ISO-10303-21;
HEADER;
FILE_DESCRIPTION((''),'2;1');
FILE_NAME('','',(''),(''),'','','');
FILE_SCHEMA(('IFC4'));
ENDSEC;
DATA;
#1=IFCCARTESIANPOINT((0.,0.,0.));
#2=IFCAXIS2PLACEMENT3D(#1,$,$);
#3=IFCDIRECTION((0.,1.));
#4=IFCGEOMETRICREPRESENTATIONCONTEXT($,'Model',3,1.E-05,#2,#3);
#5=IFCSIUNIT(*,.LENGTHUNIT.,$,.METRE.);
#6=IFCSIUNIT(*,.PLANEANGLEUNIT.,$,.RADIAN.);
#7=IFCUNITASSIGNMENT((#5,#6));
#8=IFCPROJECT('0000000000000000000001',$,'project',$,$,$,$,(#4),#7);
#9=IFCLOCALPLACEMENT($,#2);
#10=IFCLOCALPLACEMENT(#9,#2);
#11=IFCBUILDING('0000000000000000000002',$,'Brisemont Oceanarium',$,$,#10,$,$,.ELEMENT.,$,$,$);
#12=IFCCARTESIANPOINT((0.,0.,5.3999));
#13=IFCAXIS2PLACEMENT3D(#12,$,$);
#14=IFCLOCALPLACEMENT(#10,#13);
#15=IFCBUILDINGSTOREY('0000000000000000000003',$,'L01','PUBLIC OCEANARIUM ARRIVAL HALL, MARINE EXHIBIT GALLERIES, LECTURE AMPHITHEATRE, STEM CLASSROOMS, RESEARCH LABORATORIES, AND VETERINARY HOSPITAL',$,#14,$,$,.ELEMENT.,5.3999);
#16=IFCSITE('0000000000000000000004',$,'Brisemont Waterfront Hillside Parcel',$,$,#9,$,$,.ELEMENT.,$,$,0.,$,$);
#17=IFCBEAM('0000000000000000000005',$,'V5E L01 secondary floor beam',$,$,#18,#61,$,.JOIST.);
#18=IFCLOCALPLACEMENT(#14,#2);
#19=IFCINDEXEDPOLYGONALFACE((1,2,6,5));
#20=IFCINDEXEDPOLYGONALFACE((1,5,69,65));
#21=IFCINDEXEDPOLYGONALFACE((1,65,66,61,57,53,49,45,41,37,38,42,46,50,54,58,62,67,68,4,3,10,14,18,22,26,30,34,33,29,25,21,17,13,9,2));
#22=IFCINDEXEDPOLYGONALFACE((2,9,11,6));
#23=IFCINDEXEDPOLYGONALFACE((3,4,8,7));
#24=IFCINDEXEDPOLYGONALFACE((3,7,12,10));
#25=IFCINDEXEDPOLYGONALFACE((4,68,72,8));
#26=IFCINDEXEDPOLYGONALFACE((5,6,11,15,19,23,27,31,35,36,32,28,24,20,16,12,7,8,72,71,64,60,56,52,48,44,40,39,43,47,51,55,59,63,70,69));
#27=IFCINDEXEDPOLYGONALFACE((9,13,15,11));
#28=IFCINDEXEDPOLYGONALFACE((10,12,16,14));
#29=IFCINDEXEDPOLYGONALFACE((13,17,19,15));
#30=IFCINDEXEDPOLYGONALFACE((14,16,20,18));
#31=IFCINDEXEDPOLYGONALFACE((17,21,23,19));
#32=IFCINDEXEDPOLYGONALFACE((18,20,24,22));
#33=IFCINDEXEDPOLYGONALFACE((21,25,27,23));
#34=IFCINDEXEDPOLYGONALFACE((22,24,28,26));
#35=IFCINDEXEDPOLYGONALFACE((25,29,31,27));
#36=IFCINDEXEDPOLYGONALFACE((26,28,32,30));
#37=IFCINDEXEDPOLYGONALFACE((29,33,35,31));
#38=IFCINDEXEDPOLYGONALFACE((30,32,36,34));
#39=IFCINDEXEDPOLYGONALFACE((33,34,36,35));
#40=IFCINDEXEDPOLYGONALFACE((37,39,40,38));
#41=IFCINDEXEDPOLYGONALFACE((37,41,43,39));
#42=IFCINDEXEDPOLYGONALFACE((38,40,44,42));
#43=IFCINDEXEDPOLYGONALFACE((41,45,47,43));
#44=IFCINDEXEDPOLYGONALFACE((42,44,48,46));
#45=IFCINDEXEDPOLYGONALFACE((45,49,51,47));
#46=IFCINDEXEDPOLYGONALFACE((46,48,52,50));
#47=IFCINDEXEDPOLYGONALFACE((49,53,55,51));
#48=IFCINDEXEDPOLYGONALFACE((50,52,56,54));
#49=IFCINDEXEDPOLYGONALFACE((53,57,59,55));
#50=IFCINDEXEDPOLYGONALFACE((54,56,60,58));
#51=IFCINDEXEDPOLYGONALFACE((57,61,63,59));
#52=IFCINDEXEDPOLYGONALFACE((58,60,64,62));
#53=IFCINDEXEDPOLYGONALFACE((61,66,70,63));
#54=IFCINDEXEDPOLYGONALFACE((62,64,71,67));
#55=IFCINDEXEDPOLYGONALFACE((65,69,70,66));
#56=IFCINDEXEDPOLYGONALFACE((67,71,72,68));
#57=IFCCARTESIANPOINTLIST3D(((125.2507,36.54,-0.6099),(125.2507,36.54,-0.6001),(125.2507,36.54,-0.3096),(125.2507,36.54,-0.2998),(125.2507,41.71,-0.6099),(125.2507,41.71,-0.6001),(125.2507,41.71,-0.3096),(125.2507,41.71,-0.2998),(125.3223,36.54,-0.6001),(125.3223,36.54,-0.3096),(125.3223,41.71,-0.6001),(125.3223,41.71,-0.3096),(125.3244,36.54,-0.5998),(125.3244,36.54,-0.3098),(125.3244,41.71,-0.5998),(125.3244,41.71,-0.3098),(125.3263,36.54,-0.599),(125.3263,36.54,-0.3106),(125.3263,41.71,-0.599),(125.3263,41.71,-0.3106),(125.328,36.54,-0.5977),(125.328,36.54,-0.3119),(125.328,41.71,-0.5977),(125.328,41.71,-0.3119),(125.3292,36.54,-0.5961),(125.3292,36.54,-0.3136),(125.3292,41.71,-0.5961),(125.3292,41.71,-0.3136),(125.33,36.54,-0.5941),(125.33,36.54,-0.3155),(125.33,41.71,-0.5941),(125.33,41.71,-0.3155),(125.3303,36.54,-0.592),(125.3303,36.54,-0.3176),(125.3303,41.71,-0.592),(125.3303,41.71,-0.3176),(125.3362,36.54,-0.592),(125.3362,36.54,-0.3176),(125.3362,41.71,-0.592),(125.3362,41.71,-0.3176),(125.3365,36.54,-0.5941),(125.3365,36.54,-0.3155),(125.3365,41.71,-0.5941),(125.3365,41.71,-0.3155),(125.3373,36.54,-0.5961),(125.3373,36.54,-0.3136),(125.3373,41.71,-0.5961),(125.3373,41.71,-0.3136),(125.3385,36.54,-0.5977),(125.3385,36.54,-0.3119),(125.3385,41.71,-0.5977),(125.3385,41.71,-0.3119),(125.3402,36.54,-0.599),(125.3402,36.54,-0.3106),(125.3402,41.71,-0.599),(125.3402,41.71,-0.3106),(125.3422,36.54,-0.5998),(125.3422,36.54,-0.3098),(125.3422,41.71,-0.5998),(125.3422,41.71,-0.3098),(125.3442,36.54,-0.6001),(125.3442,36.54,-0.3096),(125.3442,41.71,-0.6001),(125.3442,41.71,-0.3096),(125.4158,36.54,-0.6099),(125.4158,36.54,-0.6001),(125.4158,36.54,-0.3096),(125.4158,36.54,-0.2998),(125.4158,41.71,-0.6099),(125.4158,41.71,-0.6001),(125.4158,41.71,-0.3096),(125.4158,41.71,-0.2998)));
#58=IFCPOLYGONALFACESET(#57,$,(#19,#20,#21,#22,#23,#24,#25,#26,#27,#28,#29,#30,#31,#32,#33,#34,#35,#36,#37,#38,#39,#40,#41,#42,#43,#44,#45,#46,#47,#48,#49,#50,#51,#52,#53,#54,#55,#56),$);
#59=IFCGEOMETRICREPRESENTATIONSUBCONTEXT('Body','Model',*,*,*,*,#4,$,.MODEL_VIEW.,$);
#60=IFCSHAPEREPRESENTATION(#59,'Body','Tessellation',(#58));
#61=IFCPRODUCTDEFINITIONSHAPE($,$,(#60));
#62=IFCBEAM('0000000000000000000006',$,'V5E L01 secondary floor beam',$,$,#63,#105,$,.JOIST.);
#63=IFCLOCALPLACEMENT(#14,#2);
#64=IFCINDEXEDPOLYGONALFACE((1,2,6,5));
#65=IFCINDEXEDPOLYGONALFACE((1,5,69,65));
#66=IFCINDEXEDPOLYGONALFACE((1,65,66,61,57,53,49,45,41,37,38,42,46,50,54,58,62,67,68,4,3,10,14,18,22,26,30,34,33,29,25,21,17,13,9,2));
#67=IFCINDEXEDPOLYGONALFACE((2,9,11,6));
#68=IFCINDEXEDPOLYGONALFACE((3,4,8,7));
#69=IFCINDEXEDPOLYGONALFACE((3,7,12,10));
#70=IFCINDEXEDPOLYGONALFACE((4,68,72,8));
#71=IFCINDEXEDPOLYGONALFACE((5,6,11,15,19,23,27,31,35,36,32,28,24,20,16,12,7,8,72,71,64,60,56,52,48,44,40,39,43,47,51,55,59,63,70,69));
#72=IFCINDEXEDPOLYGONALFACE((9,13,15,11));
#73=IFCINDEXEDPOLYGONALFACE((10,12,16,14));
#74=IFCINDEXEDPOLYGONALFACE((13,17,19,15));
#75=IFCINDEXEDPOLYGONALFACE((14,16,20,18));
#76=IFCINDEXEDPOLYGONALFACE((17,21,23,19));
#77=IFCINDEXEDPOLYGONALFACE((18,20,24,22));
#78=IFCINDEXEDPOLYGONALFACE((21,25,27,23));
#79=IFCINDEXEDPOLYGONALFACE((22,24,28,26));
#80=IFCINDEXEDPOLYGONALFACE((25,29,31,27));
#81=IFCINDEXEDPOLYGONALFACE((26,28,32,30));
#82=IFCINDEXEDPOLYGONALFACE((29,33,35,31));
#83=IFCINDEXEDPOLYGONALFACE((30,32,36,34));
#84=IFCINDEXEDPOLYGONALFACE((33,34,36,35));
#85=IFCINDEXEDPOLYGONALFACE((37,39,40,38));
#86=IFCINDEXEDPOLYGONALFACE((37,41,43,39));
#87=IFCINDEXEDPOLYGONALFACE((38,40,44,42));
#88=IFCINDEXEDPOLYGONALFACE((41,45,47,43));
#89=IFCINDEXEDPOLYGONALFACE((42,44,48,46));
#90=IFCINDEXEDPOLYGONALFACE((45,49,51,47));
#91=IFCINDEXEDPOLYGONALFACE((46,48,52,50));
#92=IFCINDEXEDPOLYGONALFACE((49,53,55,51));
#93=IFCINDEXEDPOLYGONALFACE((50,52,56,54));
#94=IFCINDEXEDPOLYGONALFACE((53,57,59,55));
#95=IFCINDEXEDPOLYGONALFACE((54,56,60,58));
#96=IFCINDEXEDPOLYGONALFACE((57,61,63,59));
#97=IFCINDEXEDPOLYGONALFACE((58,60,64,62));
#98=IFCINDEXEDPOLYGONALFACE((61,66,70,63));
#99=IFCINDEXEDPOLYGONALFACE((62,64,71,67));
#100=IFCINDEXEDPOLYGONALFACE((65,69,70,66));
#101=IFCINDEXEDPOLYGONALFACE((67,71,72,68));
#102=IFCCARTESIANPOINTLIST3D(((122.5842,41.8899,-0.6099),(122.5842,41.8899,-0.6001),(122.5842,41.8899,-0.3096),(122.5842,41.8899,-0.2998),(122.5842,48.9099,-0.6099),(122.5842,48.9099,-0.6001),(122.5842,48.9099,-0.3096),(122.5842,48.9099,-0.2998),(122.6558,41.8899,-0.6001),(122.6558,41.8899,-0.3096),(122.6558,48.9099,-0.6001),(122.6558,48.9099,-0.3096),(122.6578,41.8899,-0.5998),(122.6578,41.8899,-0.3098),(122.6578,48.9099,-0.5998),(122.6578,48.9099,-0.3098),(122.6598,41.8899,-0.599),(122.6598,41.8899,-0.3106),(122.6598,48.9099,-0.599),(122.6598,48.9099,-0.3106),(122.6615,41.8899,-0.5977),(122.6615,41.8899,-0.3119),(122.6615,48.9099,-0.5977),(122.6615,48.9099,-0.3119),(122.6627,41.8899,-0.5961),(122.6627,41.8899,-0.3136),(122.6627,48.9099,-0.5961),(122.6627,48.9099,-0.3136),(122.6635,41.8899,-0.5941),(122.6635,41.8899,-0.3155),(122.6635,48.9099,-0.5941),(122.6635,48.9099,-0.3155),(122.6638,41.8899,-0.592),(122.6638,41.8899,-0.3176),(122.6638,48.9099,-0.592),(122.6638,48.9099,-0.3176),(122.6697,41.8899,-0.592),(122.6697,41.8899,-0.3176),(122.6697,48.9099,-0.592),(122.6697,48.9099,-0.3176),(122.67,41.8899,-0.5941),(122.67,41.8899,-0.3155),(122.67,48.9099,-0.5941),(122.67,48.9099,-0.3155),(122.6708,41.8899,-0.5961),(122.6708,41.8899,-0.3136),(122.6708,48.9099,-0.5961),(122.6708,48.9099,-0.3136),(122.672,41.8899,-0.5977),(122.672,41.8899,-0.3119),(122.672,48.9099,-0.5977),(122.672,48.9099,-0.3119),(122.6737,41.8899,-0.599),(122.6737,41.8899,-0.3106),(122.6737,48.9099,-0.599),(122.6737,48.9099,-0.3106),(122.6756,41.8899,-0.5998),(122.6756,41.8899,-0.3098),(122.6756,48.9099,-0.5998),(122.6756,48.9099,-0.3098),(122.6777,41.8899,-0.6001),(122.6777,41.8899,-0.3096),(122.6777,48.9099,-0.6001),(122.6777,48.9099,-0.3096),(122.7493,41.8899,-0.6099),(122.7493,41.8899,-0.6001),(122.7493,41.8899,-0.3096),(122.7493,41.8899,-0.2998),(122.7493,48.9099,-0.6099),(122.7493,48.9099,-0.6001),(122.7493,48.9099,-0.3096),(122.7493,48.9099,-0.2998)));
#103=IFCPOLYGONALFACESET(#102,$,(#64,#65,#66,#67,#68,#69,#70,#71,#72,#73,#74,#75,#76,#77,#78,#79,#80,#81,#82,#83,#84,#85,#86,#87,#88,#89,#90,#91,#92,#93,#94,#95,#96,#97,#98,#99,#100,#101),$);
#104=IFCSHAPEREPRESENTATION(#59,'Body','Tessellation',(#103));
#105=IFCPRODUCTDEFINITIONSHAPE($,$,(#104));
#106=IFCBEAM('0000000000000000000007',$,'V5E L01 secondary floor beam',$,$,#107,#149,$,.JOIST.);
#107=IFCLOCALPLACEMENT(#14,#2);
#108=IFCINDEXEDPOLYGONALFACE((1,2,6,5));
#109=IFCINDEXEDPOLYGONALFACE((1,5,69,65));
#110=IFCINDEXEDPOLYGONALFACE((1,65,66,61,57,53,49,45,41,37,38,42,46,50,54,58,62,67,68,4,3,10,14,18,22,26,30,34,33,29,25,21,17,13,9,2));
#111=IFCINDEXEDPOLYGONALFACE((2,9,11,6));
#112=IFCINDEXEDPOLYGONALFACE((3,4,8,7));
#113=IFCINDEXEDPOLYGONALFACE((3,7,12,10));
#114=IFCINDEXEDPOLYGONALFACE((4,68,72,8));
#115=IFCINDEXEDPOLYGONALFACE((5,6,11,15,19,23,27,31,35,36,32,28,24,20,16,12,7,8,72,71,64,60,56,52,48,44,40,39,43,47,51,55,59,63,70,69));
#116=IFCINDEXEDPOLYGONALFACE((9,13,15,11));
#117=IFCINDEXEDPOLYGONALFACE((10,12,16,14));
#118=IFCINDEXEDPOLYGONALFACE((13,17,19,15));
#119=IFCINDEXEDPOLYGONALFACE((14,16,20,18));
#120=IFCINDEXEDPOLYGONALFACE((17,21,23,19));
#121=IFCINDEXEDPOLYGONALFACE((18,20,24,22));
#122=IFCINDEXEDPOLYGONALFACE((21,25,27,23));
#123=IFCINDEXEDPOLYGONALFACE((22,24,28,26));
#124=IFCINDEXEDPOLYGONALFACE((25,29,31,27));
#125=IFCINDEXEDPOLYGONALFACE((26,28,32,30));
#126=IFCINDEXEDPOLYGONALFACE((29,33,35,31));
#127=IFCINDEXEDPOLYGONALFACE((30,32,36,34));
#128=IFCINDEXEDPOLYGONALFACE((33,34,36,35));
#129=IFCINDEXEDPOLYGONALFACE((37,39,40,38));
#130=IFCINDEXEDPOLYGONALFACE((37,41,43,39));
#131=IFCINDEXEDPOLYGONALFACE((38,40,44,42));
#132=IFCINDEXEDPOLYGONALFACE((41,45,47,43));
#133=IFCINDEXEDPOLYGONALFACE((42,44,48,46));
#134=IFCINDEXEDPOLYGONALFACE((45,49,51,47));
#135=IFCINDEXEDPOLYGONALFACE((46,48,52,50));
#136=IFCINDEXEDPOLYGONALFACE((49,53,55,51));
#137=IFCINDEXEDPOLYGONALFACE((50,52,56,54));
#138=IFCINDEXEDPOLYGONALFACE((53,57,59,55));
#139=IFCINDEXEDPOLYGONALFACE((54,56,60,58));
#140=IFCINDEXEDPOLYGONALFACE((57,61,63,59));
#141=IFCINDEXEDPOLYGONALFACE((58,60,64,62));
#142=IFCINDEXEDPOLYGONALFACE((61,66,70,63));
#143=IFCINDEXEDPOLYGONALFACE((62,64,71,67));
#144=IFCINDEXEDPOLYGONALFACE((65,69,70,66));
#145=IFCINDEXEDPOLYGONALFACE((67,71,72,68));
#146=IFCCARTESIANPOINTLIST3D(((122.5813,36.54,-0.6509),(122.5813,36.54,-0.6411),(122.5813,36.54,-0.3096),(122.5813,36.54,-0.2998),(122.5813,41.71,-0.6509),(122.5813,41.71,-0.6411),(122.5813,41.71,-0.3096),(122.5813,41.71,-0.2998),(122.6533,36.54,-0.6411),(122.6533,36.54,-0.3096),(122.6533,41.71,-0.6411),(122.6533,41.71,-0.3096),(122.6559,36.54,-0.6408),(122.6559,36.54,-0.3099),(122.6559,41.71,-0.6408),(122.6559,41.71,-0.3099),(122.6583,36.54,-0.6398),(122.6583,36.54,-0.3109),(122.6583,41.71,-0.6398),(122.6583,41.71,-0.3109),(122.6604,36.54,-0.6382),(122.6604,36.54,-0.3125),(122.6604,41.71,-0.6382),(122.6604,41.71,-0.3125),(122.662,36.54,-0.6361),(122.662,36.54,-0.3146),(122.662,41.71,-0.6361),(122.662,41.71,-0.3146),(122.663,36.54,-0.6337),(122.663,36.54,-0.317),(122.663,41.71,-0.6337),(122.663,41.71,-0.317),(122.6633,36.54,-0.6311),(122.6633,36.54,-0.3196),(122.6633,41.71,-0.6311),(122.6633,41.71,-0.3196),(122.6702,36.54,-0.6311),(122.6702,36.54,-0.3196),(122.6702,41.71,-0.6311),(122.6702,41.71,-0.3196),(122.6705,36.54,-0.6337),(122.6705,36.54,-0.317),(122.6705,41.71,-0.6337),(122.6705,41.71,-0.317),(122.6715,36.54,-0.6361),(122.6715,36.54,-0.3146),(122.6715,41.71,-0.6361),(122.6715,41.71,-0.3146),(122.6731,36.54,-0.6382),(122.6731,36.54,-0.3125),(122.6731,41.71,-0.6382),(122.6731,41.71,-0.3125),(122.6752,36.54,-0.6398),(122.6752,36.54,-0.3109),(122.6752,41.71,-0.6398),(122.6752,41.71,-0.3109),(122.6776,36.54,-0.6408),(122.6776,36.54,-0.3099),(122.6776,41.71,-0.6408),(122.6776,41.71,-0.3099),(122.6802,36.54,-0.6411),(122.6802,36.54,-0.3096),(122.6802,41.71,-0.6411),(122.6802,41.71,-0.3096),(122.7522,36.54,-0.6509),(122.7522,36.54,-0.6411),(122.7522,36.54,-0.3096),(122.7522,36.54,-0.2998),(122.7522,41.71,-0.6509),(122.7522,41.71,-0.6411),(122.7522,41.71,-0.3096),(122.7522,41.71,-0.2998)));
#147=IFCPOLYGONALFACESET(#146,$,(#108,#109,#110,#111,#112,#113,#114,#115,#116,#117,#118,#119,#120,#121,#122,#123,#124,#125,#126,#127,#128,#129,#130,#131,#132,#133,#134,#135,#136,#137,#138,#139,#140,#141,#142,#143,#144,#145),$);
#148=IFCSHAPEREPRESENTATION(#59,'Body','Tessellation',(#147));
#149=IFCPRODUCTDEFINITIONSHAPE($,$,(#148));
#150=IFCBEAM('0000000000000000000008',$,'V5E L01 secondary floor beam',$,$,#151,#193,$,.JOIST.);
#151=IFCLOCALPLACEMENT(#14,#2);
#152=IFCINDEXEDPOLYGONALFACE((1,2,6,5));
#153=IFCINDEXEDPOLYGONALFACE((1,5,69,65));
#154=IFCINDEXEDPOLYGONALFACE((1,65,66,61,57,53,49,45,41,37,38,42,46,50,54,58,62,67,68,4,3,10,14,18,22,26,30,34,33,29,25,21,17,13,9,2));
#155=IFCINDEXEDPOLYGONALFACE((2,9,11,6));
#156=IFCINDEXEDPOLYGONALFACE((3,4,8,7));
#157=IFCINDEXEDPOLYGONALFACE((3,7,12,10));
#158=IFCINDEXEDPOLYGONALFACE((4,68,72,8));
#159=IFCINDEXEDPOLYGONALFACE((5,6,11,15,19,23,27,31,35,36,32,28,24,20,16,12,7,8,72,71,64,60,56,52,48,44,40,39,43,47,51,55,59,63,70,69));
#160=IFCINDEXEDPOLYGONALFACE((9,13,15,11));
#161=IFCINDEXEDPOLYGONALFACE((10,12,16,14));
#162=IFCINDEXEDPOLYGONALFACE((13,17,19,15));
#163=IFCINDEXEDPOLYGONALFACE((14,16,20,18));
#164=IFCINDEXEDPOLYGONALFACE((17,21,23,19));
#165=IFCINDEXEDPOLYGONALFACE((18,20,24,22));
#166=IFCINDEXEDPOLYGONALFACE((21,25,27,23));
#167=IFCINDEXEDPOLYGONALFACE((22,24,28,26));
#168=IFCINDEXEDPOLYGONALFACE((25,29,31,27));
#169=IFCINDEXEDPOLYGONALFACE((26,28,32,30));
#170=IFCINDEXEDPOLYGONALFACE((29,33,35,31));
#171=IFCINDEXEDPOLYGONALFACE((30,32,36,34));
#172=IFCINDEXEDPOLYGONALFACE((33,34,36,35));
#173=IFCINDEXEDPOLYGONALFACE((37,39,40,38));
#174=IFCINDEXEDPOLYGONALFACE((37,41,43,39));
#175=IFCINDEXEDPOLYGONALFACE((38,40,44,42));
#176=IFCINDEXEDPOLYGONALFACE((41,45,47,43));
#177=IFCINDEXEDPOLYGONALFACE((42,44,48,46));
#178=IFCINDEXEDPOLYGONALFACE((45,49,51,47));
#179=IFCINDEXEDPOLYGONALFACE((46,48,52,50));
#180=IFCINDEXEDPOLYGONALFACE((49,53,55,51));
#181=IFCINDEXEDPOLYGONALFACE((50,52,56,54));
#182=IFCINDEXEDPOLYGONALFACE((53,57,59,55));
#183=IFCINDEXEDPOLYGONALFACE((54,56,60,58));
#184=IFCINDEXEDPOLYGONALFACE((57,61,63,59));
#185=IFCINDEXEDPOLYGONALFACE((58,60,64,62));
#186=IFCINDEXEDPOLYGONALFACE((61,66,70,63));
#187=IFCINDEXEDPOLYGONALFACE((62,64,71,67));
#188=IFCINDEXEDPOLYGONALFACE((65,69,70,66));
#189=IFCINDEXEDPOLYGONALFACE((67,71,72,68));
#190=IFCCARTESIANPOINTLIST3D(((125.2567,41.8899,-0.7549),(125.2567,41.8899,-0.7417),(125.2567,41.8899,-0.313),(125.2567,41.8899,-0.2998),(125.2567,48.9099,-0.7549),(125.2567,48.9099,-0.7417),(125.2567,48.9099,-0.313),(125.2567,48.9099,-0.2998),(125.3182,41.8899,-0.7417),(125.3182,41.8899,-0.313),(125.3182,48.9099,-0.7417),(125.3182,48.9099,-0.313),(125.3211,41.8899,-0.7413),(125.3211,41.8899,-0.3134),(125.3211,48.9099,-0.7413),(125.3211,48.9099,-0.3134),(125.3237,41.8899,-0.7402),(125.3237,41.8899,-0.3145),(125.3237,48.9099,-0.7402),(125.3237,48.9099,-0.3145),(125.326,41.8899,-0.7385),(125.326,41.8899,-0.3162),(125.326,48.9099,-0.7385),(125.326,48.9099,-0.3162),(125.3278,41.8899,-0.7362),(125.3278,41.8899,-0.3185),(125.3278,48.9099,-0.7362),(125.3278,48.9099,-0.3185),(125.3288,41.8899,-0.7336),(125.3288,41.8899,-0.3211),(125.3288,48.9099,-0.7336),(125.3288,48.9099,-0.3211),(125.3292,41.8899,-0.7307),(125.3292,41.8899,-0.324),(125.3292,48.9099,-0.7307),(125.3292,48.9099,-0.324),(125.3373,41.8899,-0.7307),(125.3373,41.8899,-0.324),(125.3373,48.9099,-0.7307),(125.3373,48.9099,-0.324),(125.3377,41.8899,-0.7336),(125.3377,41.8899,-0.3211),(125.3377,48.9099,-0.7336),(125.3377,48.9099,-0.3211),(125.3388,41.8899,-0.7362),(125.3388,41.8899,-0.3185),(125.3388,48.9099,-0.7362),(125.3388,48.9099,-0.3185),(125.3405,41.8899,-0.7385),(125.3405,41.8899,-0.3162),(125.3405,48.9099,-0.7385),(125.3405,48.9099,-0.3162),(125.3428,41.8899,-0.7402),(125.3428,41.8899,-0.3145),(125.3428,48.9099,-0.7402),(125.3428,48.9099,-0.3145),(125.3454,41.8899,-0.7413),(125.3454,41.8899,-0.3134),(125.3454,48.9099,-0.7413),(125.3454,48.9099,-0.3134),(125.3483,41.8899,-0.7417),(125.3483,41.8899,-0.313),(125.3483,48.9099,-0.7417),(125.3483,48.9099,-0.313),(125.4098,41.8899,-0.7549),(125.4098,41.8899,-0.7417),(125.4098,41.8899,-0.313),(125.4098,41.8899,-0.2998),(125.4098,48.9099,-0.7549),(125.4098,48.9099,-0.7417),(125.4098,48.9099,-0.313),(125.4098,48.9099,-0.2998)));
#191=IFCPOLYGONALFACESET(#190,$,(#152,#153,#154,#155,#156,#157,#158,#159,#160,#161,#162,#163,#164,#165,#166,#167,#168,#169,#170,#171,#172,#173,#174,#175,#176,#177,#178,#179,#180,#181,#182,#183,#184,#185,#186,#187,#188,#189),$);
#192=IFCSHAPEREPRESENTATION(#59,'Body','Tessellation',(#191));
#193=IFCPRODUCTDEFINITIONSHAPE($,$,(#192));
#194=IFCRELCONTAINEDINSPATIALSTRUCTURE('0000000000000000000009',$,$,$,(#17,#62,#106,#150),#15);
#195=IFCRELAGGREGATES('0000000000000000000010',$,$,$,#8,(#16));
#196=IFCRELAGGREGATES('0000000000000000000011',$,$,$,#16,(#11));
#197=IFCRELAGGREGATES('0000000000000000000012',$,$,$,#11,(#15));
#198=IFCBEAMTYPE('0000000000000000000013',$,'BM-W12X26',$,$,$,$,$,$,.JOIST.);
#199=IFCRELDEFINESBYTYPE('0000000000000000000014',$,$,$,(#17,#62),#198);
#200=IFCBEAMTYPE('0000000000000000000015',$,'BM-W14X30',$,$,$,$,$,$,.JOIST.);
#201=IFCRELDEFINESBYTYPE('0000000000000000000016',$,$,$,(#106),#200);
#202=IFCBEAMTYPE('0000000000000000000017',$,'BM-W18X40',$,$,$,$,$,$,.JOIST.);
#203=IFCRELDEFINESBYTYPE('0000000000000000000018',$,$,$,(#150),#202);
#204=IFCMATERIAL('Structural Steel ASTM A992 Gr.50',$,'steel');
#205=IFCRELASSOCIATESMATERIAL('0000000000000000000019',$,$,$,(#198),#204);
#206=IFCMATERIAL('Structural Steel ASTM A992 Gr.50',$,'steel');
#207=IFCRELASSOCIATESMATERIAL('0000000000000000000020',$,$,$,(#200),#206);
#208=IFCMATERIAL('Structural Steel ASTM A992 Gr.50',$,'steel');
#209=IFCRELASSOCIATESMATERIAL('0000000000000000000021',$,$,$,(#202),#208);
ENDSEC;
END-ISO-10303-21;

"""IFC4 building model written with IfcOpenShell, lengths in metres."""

from ifc_helpers import new_model, si_unit, direction, frame, origin, origin_2d, place, context, subcontext, project, spatial, i_section, extrude, material, material_profile, profile_set, type_object, element, save


model = new_model("IFC4")

# Units and contexts
model_context = context("Model", 3, precision=1e-05, world=origin(), true_north=direction((0.0, 1.0)))
body_context = subcontext(model_context, "Body", "Model", "MODEL_VIEW")
ifc_project = project(units=[si_unit("LENGTHUNIT", "METRE"), si_unit("PLANEANGLEUNIT", "RADIAN")], contexts=[model_context])

# Site, building, storey
site_placement = place(None, origin())
site = spatial("IfcSite", under=ifc_project, at=site_placement, Name="Brisemont Waterfront Hillside Parcel", CompositionType="ELEMENT", RefElevation=0.0)
building_placement = place(site_placement, origin())
building = spatial("IfcBuilding", under=site, at=building_placement, Name="Brisemont Oceanarium", CompositionType="ELEMENT")
storey_placement = place(building_placement, frame((0.0, 0.0, 5.3999)))
storey = spatial("IfcBuildingStorey", under=building, at=storey_placement, Name="L01", Description="PUBLIC OCEANARIUM ARRIVAL HALL, MARINE EXHIBIT GALLERIES, LECTURE AMPHITHEATRE, STEM CLASSROOMS, RESEARCH LABORATORIES, AND VETERINARY HOSPITAL", CompositionType="ELEMENT", Elevation=5.3999)

# Beams
ifc_material_1 = material(Name="Structural Steel ASTM A992 Gr.50", Category="steel")
ifc_material_profile_1 = material_profile(ifc_material_1, i_section(OverallWidth=0.165, OverallDepth=0.3101, WebThickness=0.0059, FlangeThickness=0.0098, FilletRadius=0.0081, at=origin_2d()), Name="W12X26")
ifc_profile_set_1 = profile_set([ifc_material_profile_1], Name="Structural Steel ASTM A992 Gr.50")
beam_type_1 = type_object("IfcBeamType", Name="BM-W12X26", PredefinedType="JOIST", material=ifc_profile_set_1)
beam_1_placement = place(storey_placement, frame((125.3333, 36.54, -0.4548), z_axis=(0.0, 1.0, 0.0), x_axis=(-1.0, 0.0, 0.0)))
element("IfcBeam", 1, at=beam_1_placement, inside=storey, type_object=beam_type_1, Name="V5E L01 secondary floor beam", PredefinedType="JOIST", context=body_context, shape_type="SweptSolid", body=[
    extrude(i_section(OverallWidth=0.165, OverallDepth=0.3101, WebThickness=0.0059, FlangeThickness=0.0098, FilletRadius=0.0081, at=origin_2d()), origin(), (0.0, 0.0, 1.0), 5.1699),
])
beam_2_placement = place(storey_placement, frame((122.6667, 41.8899, -0.4548), z_axis=(0.0, 1.0, 0.0), x_axis=(-1.0, 0.0, 0.0)))
element("IfcBeam", 2, at=beam_2_placement, inside=storey, type_object=beam_type_1, Name="V5E L01 secondary floor beam", PredefinedType="JOIST", context=body_context, shape_type="SweptSolid", body=[
    extrude(i_section(OverallWidth=0.165, OverallDepth=0.3101, WebThickness=0.0059, FlangeThickness=0.0098, FilletRadius=0.0081, at=origin_2d()), origin(), (0.0, 0.0, 1.0), 7.02),
])
ifc_material_2 = material(Name="Structural Steel ASTM A992 Gr.50", Category="steel")
ifc_material_profile_2 = material_profile(ifc_material_2, i_section(OverallWidth=0.1709, OverallDepth=0.3511, WebThickness=0.0068, FlangeThickness=0.0098, FilletRadius=0.01, at=origin_2d()), Name="W14X30")
ifc_profile_set_2 = profile_set([ifc_material_profile_2], Name="Structural Steel ASTM A992 Gr.50")
beam_type_2 = type_object("IfcBeamType", Name="BM-W14X30", PredefinedType="JOIST", material=ifc_profile_set_2)
beam_3_placement = place(storey_placement, frame((122.6667, 36.54, -0.4753), z_axis=(0.0, 1.0, 0.0), x_axis=(-1.0, 0.0, 0.0)))
element("IfcBeam", 3, at=beam_3_placement, inside=storey, type_object=beam_type_2, Name="V5E L01 secondary floor beam", PredefinedType="JOIST", context=body_context, shape_type="SweptSolid", body=[
    extrude(i_section(OverallWidth=0.1709, OverallDepth=0.3511, WebThickness=0.0068, FlangeThickness=0.0098, FilletRadius=0.01, at=origin_2d()), origin(), (0.0, 0.0, 1.0), 5.1699),
])
ifc_material_3 = material(Name="Structural Steel ASTM A992 Gr.50", Category="steel")
ifc_material_profile_3 = material_profile(ifc_material_3, i_section(OverallWidth=0.1531, OverallDepth=0.4551, WebThickness=0.0081, FlangeThickness=0.0132, FilletRadius=0.011, at=origin_2d()), Name="W18X40")
ifc_profile_set_3 = profile_set([ifc_material_profile_3], Name="Structural Steel ASTM A992 Gr.50")
beam_type_3 = type_object("IfcBeamType", Name="BM-W18X40", PredefinedType="JOIST", material=ifc_profile_set_3)
beam_4_placement = place(storey_placement, frame((125.3333, 41.8899, -0.5273), z_axis=(0.0, 1.0, 0.0), x_axis=(-1.0, 0.0, 0.0)))
element("IfcBeam", 4, at=beam_4_placement, inside=storey, type_object=beam_type_3, Name="V5E L01 secondary floor beam", PredefinedType="JOIST", context=body_context, shape_type="SweptSolid", body=[
    extrude(i_section(OverallWidth=0.1531, OverallDepth=0.4551, WebThickness=0.0081, FlangeThickness=0.0132, FilletRadius=0.011, at=origin_2d()), origin(), (0.0, 0.0, 1.0), 7.02),
])

save(model, "model.ifc")
